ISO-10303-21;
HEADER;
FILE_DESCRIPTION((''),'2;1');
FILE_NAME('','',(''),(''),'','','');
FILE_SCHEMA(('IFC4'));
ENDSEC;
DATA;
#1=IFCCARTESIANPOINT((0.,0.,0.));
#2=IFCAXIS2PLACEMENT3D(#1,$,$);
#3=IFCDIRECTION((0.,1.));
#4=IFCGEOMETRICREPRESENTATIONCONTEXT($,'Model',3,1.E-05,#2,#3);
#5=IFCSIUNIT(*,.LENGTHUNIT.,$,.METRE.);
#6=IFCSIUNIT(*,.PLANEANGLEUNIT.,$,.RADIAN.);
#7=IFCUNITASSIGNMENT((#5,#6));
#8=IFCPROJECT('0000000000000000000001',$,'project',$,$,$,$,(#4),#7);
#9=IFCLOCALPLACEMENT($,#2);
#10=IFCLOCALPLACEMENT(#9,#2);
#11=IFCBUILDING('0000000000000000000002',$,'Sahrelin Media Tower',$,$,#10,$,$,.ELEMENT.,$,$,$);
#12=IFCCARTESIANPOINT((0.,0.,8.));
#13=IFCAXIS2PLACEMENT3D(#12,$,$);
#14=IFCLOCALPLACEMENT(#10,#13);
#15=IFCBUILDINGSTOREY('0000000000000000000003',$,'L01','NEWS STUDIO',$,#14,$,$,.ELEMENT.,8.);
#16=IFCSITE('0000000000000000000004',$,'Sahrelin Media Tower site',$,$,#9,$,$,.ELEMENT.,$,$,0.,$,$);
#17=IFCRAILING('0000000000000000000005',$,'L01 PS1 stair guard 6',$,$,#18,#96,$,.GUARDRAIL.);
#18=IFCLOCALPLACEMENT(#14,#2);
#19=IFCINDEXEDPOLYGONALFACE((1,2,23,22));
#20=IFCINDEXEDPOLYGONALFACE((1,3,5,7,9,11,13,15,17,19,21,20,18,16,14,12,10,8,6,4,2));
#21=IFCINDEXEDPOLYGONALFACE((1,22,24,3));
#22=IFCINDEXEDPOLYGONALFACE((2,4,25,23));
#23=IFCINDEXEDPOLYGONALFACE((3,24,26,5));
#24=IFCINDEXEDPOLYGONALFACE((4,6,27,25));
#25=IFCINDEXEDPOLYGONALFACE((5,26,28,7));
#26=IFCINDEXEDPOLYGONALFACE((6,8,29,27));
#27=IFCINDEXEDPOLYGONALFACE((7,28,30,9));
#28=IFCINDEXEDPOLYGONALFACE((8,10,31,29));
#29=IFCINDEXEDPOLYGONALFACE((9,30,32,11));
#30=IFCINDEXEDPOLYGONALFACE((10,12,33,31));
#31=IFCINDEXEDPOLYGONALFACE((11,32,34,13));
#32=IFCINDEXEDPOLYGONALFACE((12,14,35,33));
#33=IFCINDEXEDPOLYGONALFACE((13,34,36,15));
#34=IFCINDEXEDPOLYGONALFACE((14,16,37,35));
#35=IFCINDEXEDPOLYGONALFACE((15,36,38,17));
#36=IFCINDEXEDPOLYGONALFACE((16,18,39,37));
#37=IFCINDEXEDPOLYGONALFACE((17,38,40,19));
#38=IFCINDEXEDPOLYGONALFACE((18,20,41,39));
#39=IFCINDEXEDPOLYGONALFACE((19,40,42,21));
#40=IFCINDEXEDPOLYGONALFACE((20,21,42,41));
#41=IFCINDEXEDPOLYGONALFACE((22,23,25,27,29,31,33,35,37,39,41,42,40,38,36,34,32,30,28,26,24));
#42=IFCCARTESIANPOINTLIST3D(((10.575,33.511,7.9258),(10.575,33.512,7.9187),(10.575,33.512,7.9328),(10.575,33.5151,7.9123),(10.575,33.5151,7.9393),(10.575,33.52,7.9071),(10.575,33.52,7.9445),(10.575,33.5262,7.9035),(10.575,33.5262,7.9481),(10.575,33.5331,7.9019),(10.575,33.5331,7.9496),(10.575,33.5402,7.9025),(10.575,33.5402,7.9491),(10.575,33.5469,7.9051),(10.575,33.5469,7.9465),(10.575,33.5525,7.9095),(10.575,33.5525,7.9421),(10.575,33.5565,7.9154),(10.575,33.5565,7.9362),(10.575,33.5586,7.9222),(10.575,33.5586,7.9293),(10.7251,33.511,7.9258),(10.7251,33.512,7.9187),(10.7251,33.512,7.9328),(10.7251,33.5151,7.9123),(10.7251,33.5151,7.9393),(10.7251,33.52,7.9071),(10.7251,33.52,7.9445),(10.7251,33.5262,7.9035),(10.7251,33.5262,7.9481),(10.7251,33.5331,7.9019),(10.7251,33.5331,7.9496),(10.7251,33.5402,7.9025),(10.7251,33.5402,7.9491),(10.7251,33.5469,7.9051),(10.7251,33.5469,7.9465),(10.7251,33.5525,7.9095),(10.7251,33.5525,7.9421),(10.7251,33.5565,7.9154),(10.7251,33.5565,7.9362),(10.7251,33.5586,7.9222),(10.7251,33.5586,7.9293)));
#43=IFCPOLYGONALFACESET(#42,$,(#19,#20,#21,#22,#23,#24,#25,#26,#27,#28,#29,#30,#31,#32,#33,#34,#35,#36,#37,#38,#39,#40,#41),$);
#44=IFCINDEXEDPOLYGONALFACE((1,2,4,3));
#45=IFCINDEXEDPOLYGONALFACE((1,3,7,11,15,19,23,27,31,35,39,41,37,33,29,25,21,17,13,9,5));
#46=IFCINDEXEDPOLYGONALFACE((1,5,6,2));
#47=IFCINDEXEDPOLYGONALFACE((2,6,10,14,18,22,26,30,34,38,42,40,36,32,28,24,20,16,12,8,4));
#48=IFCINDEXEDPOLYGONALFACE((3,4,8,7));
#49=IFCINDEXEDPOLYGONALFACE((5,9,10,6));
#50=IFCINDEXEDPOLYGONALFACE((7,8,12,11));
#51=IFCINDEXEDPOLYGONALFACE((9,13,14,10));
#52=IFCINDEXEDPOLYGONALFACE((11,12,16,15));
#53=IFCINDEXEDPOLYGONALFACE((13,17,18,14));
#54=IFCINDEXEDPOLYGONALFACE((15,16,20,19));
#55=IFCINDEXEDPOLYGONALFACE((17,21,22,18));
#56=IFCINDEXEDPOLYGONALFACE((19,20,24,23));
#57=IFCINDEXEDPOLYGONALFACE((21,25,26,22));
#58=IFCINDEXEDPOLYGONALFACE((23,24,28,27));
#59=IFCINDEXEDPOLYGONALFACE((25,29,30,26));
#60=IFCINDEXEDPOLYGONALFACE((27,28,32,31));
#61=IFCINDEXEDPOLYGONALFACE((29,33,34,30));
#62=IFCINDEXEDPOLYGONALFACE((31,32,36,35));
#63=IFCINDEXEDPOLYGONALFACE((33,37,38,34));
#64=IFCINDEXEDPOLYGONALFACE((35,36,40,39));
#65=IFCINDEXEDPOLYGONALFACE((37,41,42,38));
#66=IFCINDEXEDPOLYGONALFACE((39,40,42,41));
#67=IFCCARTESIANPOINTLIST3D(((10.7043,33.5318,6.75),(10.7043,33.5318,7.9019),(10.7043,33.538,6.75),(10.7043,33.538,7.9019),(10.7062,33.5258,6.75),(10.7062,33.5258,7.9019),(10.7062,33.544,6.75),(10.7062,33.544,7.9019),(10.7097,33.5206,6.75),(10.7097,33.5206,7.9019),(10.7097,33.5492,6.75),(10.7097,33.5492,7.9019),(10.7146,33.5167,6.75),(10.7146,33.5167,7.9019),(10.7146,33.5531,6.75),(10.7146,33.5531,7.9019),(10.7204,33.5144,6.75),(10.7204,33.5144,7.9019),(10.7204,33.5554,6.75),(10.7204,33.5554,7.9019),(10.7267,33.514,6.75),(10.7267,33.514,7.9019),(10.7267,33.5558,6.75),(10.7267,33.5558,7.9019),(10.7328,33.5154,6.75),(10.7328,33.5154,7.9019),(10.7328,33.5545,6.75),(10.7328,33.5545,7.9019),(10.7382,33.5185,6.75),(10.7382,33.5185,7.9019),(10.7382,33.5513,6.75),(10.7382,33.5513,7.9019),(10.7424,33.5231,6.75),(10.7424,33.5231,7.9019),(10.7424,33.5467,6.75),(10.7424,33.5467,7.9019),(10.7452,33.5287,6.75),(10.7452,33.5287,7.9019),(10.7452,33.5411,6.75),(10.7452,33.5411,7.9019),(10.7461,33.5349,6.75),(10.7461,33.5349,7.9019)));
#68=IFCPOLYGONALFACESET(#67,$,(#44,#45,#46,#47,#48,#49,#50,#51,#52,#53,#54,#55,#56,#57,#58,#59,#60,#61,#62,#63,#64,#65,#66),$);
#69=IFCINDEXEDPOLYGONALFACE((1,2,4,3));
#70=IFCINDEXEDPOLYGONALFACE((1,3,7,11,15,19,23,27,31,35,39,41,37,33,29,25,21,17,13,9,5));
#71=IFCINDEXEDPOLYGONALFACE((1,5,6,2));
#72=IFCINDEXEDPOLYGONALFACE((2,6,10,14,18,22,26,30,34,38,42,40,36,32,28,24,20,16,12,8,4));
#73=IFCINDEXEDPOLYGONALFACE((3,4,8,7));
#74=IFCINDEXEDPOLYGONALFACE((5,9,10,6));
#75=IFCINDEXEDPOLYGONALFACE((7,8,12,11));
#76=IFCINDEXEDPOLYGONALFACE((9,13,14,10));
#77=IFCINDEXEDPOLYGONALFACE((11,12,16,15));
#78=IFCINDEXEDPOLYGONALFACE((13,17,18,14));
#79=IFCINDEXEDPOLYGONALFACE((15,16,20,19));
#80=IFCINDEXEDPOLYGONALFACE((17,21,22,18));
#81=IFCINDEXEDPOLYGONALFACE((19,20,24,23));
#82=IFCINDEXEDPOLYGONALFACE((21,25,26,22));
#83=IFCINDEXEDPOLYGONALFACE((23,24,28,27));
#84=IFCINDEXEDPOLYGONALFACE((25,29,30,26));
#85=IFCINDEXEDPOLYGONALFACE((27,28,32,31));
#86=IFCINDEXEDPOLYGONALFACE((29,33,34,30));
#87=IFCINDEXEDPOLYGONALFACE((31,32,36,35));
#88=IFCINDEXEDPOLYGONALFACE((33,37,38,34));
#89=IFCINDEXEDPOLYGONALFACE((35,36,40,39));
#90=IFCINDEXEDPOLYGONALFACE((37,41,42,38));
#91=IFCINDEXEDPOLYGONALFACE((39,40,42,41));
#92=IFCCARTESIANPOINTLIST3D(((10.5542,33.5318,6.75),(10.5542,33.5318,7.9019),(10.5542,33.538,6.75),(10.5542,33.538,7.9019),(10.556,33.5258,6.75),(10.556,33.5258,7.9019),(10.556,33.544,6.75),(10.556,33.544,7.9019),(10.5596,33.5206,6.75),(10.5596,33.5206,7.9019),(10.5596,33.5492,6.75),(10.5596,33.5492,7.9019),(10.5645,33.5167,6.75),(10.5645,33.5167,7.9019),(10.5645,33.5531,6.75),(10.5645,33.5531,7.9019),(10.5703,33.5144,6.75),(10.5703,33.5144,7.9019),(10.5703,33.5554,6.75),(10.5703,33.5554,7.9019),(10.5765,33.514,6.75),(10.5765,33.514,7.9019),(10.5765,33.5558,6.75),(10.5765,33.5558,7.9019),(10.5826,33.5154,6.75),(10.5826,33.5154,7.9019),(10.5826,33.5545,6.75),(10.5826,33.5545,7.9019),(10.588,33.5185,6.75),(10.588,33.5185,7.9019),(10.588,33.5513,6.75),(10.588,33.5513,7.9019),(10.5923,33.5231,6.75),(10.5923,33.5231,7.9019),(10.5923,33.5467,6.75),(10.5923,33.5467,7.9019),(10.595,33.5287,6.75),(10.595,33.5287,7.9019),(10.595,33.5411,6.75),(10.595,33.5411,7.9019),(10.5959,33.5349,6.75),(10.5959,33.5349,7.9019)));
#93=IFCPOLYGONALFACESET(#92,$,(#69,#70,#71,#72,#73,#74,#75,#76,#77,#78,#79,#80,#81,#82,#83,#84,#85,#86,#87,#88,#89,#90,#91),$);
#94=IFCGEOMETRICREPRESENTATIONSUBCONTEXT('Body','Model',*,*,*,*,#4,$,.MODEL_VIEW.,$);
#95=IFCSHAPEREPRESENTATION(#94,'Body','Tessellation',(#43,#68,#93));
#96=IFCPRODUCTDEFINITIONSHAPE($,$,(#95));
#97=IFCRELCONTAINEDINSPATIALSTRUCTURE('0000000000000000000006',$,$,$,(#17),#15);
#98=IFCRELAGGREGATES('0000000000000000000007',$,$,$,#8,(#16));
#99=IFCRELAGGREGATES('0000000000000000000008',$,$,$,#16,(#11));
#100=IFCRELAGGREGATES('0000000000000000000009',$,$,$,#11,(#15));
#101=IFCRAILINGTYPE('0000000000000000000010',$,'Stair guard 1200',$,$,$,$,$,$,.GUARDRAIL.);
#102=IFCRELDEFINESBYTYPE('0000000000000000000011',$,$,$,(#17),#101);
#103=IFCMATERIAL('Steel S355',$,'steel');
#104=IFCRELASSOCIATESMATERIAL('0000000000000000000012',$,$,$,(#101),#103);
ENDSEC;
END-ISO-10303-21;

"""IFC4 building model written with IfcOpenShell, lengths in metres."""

from ifc_helpers import new_model, si_unit, direction, frame, origin, origin_2d, place, context, subcontext, project, spatial, circle, extrude, material, type_object, element, save


model = new_model("IFC4")

# Units and contexts
model_context = context("Model", 3, precision=1e-05, world=origin(), true_north=direction((0.0, 1.0)))
body_context = subcontext(model_context, "Body", "Model", "MODEL_VIEW")
ifc_project = project(units=[si_unit("LENGTHUNIT", "METRE"), si_unit("PLANEANGLEUNIT", "RADIAN")], contexts=[model_context])

# Site, building, storey
site_placement = place(None, origin())
site = spatial("IfcSite", under=ifc_project, at=site_placement, Name="Sahrelin Media Tower site", CompositionType="ELEMENT", RefElevation=0.0)
building_placement = place(site_placement, origin())
building = spatial("IfcBuilding", under=site, at=building_placement, Name="Sahrelin Media Tower", CompositionType="ELEMENT")
storey_placement = place(building_placement, frame((0.0, 0.0, 8.0)))
storey = spatial("IfcBuildingStorey", under=building, at=storey_placement, Name="L01", Description="NEWS STUDIO", CompositionType="ELEMENT", Elevation=8.0)

# Shared definitions
ifc_material_1 = material(Name="Steel S355", Category="steel")

# Railing
railing_type = type_object("IfcRailingType", Name="Stair guard 1200", PredefinedType="GUARDRAIL", material=ifc_material_1)
railing_1_placement = place(storey_placement, frame((10.7251, 33.5349, 6.75)))
element("IfcRailing", 1, at=railing_1_placement, inside=storey, type_object=railing_type, Name="L01 PS1 stair guard 6", PredefinedType="GUARDRAIL", context=body_context, shape_type="SweptSolid", body=[
    extrude(circle(Radius=0.0239, at=origin_2d()), frame((0.0, 0.0, 1.1758), z_axis=(-1.0, 0.0, 0.0), x_axis=(0.0, -1.0, 0.0)), (0.0, 0.0, 1.0), 0.1501),
    extrude(circle(Radius=0.021, at=origin_2d()), origin(), (0.0, 0.0, 1.0), 1.1519),
    extrude(circle(Radius=0.021, at=origin_2d()), frame((-0.1501, 0.0, 0.0)), (0.0, 0.0, 1.0), 1.1519),
])

save(model, "model.ifc")
